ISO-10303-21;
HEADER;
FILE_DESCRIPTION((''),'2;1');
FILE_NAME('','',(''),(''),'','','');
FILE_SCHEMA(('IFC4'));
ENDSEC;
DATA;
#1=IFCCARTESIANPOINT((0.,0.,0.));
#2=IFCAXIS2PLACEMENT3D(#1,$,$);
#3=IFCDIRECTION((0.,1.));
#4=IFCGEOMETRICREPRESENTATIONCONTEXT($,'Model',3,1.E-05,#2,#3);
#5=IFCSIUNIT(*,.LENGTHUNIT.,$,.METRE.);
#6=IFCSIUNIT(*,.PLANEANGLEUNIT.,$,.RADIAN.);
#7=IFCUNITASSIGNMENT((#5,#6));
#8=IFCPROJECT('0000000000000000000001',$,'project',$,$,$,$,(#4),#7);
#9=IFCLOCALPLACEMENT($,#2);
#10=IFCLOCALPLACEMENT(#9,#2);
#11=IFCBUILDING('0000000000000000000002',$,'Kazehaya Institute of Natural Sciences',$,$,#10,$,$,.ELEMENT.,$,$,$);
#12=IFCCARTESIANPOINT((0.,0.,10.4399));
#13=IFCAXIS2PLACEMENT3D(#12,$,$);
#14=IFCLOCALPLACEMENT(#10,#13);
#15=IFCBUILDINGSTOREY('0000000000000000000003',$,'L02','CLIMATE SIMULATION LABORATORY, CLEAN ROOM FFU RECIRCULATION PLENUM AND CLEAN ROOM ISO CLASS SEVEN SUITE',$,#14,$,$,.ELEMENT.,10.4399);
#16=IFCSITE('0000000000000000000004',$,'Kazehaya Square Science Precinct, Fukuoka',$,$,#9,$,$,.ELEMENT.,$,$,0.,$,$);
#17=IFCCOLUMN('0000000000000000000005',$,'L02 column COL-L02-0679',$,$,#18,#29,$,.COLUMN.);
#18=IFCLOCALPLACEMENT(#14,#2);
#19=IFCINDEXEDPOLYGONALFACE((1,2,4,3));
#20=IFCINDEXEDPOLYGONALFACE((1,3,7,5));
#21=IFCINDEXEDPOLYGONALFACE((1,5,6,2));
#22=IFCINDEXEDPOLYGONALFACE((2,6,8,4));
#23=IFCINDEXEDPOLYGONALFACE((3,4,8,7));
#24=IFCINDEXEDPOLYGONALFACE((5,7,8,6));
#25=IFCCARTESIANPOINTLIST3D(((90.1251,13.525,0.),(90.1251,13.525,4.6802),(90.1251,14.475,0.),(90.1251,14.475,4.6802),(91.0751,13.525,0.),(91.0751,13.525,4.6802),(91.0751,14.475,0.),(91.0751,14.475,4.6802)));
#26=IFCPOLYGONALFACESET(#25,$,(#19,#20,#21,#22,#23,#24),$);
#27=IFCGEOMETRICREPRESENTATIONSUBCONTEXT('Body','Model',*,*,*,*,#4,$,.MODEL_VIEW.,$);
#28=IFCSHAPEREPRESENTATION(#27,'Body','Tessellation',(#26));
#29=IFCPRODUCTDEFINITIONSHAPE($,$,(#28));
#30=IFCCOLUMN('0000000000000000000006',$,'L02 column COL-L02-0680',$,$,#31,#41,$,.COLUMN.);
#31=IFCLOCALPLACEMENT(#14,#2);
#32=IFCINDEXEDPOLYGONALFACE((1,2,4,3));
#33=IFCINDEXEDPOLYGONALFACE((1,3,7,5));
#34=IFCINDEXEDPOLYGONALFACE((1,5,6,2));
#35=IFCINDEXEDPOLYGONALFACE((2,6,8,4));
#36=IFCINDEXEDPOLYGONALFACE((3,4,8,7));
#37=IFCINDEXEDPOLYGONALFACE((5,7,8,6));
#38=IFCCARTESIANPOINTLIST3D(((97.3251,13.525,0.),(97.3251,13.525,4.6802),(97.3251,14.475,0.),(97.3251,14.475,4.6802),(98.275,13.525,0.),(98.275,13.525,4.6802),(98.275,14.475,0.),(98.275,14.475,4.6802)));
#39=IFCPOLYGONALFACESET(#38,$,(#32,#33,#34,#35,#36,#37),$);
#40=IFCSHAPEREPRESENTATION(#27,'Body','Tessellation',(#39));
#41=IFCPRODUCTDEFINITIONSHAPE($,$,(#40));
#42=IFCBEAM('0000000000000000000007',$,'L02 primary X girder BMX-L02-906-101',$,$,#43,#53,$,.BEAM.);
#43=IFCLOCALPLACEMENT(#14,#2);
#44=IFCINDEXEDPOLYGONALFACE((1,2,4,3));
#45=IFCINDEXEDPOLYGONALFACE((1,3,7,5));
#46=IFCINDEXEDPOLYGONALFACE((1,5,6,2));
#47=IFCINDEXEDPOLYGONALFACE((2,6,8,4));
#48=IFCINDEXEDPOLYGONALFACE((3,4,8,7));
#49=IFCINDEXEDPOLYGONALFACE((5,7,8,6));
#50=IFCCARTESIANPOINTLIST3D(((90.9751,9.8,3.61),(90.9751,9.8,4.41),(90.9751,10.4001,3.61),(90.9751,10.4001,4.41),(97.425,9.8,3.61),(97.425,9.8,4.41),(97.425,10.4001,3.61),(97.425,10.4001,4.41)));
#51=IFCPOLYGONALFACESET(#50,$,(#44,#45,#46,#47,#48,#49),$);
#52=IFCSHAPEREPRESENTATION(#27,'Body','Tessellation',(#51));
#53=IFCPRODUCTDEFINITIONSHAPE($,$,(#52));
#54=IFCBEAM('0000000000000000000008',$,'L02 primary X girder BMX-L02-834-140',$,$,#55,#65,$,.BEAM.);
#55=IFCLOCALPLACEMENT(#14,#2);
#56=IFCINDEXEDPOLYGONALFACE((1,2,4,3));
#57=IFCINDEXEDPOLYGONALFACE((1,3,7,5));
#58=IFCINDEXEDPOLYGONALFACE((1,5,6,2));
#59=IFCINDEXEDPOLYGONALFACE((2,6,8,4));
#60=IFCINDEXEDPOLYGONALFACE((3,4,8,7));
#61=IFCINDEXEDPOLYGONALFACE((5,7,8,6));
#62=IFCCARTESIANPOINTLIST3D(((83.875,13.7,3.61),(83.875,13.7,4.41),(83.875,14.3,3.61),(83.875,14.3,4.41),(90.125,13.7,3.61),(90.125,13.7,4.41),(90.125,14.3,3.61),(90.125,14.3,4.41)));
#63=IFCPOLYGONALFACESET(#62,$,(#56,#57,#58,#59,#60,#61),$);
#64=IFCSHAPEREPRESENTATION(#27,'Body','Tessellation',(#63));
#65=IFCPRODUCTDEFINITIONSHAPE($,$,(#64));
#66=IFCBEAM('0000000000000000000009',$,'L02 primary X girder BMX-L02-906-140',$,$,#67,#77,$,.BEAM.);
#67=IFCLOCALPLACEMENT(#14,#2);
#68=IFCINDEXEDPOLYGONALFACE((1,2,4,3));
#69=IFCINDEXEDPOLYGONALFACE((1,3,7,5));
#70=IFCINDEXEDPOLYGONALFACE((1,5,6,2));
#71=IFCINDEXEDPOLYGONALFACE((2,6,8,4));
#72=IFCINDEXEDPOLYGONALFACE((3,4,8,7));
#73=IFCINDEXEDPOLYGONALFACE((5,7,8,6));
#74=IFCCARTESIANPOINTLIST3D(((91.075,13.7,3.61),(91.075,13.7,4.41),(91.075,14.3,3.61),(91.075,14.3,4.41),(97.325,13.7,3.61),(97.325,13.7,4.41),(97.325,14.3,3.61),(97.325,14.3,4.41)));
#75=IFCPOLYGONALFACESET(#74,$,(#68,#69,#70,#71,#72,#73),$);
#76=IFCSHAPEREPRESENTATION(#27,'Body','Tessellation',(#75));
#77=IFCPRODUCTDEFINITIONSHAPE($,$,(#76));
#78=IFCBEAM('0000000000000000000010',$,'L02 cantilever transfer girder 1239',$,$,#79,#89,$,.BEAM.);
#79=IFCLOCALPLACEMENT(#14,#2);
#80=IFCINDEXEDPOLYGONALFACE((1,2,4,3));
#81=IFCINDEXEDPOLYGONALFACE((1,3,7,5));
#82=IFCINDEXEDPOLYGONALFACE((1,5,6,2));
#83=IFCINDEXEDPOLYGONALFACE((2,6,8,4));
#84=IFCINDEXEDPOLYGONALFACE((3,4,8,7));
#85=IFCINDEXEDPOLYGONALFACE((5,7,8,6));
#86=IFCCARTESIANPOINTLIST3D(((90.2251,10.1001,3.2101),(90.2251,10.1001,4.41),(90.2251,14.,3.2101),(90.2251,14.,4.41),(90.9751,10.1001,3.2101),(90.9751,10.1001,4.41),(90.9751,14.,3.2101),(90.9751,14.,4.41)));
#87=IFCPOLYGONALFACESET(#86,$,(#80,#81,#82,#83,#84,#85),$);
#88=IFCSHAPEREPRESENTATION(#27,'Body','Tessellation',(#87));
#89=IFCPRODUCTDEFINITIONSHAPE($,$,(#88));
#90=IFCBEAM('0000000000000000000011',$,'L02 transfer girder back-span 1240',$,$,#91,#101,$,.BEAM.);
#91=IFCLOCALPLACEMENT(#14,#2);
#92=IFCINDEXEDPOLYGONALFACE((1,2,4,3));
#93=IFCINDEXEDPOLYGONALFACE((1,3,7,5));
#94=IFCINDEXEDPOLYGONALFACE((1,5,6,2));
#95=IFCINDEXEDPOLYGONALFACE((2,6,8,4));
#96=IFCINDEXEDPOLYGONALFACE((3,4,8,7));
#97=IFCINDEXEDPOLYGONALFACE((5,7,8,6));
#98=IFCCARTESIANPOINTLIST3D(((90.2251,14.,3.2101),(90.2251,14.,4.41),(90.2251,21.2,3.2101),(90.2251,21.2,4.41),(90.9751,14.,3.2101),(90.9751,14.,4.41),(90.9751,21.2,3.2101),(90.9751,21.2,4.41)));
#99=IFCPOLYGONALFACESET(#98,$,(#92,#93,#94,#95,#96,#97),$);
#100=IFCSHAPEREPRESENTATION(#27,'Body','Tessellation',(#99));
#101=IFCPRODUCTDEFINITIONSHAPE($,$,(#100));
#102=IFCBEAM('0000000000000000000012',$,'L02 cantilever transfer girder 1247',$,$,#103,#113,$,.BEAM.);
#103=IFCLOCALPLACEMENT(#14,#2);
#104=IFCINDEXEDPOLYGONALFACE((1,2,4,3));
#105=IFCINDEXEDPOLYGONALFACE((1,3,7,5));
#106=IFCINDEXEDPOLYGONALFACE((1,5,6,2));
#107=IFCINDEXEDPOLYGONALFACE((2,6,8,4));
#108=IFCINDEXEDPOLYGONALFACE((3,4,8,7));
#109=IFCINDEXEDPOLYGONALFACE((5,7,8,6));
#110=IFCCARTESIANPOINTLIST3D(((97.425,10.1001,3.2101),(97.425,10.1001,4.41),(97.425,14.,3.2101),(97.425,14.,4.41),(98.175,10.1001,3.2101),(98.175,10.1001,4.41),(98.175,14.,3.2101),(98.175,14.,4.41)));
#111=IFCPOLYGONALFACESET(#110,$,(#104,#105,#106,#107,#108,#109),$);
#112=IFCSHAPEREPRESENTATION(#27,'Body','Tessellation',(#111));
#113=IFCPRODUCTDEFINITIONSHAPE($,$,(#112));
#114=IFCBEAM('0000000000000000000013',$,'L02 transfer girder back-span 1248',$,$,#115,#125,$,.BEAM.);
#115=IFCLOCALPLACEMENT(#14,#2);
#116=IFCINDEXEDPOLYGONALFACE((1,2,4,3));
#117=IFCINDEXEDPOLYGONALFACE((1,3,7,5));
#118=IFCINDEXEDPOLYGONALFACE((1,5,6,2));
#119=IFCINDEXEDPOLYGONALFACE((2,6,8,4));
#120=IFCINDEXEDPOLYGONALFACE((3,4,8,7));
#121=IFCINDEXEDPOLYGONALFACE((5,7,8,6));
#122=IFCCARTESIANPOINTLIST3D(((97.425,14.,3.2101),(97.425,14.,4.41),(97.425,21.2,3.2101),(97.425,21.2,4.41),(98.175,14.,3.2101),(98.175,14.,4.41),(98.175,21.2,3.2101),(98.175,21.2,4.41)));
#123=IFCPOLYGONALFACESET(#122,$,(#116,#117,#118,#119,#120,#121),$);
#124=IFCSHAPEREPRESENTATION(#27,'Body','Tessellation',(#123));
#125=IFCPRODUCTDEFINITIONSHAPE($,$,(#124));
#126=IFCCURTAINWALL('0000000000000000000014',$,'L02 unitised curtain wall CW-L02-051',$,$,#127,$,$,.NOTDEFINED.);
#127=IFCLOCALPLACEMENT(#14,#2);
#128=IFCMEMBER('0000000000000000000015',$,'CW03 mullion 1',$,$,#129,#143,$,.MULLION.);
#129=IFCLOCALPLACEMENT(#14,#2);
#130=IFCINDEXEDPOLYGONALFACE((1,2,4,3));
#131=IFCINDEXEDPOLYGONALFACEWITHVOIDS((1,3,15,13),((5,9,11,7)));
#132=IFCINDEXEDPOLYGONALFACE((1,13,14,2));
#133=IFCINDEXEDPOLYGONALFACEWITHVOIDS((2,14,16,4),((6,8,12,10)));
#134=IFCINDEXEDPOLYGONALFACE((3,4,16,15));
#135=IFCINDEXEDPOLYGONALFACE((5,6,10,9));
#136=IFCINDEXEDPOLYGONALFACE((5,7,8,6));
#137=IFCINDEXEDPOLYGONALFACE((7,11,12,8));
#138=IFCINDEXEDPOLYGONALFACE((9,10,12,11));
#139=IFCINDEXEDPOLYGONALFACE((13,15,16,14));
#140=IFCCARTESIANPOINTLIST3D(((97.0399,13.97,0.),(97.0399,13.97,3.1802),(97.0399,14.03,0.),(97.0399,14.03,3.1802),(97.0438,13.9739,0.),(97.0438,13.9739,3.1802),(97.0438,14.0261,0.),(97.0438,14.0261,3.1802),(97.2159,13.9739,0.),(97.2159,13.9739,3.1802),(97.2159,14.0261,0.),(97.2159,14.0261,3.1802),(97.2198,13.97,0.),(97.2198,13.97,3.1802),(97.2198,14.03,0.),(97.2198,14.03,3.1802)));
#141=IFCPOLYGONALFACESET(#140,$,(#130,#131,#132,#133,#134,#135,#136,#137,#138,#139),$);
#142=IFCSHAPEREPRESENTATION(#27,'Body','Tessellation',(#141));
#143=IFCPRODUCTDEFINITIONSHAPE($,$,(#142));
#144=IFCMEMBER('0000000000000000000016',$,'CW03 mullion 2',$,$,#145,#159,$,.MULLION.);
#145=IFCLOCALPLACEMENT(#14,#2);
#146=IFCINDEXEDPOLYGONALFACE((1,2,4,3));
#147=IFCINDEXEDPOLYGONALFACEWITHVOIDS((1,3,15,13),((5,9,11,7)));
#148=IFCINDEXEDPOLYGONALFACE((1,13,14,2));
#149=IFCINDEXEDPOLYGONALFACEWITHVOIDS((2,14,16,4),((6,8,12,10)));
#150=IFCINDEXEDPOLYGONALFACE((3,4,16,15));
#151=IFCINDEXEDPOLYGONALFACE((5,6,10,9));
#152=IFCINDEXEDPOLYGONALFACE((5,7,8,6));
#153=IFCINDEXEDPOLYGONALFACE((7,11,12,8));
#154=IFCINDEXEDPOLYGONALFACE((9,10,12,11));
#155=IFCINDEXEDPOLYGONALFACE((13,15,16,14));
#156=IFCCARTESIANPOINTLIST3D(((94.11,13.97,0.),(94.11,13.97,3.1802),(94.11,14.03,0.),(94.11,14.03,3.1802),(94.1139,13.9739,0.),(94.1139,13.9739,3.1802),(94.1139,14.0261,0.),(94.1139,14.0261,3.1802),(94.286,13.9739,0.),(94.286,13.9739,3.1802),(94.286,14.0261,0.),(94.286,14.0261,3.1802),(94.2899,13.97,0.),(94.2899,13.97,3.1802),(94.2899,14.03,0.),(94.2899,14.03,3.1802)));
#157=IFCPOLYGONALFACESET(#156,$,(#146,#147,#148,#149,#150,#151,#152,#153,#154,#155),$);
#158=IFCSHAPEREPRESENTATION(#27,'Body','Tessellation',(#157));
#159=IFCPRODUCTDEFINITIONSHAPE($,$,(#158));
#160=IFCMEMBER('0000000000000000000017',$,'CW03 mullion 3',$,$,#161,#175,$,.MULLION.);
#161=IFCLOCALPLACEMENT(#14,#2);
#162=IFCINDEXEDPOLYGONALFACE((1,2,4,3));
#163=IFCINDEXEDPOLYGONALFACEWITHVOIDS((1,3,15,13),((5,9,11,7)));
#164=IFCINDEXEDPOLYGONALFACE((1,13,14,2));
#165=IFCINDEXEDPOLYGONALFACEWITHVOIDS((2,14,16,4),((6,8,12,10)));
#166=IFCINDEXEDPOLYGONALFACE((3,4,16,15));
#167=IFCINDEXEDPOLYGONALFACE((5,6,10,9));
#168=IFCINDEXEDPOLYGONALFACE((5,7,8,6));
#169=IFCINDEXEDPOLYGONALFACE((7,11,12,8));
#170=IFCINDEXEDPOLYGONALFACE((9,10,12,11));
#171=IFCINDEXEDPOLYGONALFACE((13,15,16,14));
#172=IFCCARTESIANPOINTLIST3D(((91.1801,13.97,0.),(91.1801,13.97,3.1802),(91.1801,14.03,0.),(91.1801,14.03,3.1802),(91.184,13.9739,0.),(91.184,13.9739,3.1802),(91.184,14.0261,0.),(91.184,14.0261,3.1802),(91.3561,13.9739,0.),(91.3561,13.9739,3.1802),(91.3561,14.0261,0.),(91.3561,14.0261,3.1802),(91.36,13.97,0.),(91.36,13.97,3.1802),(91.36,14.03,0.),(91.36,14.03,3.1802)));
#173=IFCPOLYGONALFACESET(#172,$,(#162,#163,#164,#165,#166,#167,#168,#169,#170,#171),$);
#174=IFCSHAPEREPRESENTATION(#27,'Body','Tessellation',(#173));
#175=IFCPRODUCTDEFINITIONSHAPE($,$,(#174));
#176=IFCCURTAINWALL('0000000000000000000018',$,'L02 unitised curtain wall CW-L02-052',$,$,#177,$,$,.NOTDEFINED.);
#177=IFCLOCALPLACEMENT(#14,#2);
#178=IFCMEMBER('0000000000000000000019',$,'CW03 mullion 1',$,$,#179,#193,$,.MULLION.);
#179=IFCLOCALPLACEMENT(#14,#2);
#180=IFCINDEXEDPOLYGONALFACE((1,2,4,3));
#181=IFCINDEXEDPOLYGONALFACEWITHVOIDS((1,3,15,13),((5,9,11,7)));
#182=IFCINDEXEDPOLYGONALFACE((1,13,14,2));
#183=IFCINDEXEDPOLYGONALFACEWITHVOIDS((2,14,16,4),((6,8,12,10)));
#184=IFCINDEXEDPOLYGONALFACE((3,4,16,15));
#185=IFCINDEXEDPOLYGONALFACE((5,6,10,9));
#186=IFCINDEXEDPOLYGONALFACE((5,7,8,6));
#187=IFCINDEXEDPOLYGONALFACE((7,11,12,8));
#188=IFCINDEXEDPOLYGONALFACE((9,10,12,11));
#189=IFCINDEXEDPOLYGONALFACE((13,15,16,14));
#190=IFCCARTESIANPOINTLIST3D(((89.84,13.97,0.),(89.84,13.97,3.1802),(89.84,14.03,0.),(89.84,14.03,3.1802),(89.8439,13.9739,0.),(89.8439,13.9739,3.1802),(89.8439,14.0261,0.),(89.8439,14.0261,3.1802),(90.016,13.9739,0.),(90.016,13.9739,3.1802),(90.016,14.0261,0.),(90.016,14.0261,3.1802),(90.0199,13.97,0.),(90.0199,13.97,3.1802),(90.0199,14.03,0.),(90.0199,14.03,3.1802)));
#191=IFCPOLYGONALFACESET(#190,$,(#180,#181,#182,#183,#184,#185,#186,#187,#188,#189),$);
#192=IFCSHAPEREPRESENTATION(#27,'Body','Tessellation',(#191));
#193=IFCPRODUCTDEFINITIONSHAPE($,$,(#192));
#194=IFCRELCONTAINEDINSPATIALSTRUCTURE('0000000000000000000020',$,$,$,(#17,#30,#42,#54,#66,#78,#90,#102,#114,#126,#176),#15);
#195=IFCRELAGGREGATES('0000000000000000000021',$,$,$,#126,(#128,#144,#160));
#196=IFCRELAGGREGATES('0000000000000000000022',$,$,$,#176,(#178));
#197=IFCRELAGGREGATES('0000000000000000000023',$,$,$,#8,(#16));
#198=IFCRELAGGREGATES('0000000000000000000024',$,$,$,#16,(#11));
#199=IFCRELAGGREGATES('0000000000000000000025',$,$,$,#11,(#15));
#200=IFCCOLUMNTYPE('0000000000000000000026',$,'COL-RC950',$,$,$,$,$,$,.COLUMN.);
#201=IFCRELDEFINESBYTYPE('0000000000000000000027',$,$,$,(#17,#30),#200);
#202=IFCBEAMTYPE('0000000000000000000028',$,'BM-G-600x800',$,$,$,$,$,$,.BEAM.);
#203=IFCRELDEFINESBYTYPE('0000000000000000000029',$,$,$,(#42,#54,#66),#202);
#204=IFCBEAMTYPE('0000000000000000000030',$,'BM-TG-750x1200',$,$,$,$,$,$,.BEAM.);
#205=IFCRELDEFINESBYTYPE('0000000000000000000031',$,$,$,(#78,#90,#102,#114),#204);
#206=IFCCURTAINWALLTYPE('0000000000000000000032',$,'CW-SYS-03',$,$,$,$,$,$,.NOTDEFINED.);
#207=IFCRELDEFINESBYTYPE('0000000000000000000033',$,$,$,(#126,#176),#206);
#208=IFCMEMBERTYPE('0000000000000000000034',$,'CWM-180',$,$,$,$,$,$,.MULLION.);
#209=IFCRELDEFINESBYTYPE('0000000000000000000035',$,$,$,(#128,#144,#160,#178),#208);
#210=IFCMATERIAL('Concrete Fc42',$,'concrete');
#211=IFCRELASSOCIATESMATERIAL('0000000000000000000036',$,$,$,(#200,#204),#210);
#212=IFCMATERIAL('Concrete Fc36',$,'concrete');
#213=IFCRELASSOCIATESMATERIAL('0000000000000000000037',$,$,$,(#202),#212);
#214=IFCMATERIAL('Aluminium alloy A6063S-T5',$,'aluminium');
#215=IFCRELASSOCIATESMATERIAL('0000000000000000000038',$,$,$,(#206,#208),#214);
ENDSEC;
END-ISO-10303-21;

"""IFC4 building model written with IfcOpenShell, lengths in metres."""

from ifc_helpers import new_model, si_unit, direction, frame, origin, origin_2d, place, context, subcontext, project, spatial, rectangle, hollow_rectangle, extrude, material, material_profile, profile_set, type_object, element, aggregate, save


model = new_model("IFC4")

# Units and contexts
model_context = context("Model", 3, precision=1e-05, world=origin(), true_north=direction((0.0, 1.0)))
body_context = subcontext(model_context, "Body", "Model", "MODEL_VIEW")
ifc_project = project(units=[si_unit("LENGTHUNIT", "METRE"), si_unit("PLANEANGLEUNIT", "RADIAN")], contexts=[model_context])

# Site, building, storey
site_placement = place(None, origin())
site = spatial("IfcSite", under=ifc_project, at=site_placement, Name="Kazehaya Square Science Precinct, Fukuoka", CompositionType="ELEMENT", RefElevation=0.0)
building_placement = place(site_placement, origin())
building = spatial("IfcBuilding", under=site, at=building_placement, Name="Kazehaya Institute of Natural Sciences", CompositionType="ELEMENT")
storey_placement = place(building_placement, frame((0.0, 0.0, 10.4399)))
storey = spatial("IfcBuildingStorey", under=building, at=storey_placement, Name="L02", Description="CLIMATE SIMULATION LABORATORY, CLEAN ROOM FFU RECIRCULATION PLENUM AND CLEAN ROOM ISO CLASS SEVEN SUITE", CompositionType="ELEMENT", Elevation=10.4399)

# Columns
ifc_material_1 = material(Name="Concrete Fc42", Category="concrete")
ifc_material_profile_1 = material_profile(ifc_material_1, rectangle(XDim=0.95, YDim=0.95, at=origin_2d()), Name="RC-950x950")
ifc_profile_set_1 = profile_set([ifc_material_profile_1], Name="Concrete Fc42")
column_type = type_object("IfcColumnType", Name="COL-RC950", PredefinedType="COLUMN", material=ifc_profile_set_1)
for number, where, z_axis, x_axis, name in (
    (1, (90.6001, 14.0, 0.0), (0.0, 0.0, 1.0), (1.0, 0.0, 0.0), "L02 column COL-L02-0679"),
    (2, (97.8, 14.0, 0.0), (0.0, 0.0, 1.0), (1.0, 0.0, 0.0), "L02 column COL-L02-0680"),
):
    element("IfcColumn", number, at=place(storey_placement, frame(where, z_axis=z_axis, x_axis=x_axis)), inside=storey, type_object=column_type, Name=name, PredefinedType="COLUMN", context=body_context, shape_type="SweptSolid", body=[
        extrude(rectangle(XDim=0.95, YDim=0.95, at=origin_2d()), origin(), (0.0, 0.0, 1.0), 4.6802),
    ])

# Beams
ifc_material_2 = material(Name="Concrete Fc36", Category="concrete")
ifc_material_profile_2 = material_profile(ifc_material_2, rectangle(XDim=0.6001, YDim=0.8, at=origin_2d()), Name="RC-600x800")
ifc_profile_set_2 = profile_set([ifc_material_profile_2], Name="Concrete Fc36")
beam_type_1 = type_object("IfcBeamType", Name="BM-G-600x800", PredefinedType="BEAM", material=ifc_profile_set_2)
beam_1_placement = place(storey_placement, frame((90.9751, 10.1001, 4.01), z_axis=(1.0, 0.0, 0.0), x_axis=(0.0, 1.0, 0.0)))
element("IfcBeam", 3, at=beam_1_placement, inside=storey, type_object=beam_type_1, Name="L02 primary X girder BMX-L02-906-101", PredefinedType="BEAM", context=body_context, shape_type="SweptSolid", body=[
    extrude(rectangle(XDim=0.6001, YDim=0.8, at=origin_2d()), origin(), (0.0, 0.0, 1.0), 6.45),
])
for number, where, z_axis, x_axis, name in (
    (4, (83.875, 14.0, 4.01), (1.0, 0.0, 0.0), (0.0, 1.0, 0.0), "L02 primary X girder BMX-L02-834-140"),
    (5, (91.075, 14.0, 4.01), (1.0, 0.0, 0.0), (0.0, 1.0, 0.0), "L02 primary X girder BMX-L02-906-140"),
):
    element("IfcBeam", number, at=place(storey_placement, frame(where, z_axis=z_axis, x_axis=x_axis)), inside=storey, type_object=beam_type_1, Name=name, PredefinedType="BEAM", context=body_context, shape_type="SweptSolid", body=[
        extrude(rectangle(XDim=0.6001, YDim=0.8, at=origin_2d()), origin(), (0.0, 0.0, 1.0), 6.25),
    ])
ifc_material_profile_3 = material_profile(ifc_material_1, rectangle(XDim=0.75, YDim=1.2, at=origin_2d()), Name="RC-750x1200")
ifc_profile_set_3 = profile_set([ifc_material_profile_3], Name="Concrete Fc42")
beam_type_2 = type_object("IfcBeamType", Name="BM-TG-750x1200", PredefinedType="BEAM", material=ifc_profile_set_3)
beam_2_placement = place(storey_placement, frame((90.6001, 10.1001, 3.8101), z_axis=(0.0, 1.0, 0.0), x_axis=(-1.0, 0.0, 0.0)))
element("IfcBeam", 6, at=beam_2_placement, inside=storey, type_object=beam_type_2, Name="L02 cantilever transfer girder 1239", PredefinedType="BEAM", context=body_context, shape_type="SweptSolid", body=[
    extrude(rectangle(XDim=0.75, YDim=1.2, at=origin_2d()), origin(), (0.0, 0.0, 1.0), 3.8999),
])
beam_3_placement = place(storey_placement, frame((90.6001, 14.0, 3.8101), z_axis=(0.0, 1.0, 0.0), x_axis=(-1.0, 0.0, 0.0)))
element("IfcBeam", 7, at=beam_3_placement, inside=storey, type_object=beam_type_2, Name="L02 transfer girder back-span 1240", PredefinedType="BEAM", context=body_context, shape_type="SweptSolid", body=[
    extrude(rectangle(XDim=0.75, YDim=1.2, at=origin_2d()), origin(), (0.0, 0.0, 1.0), 7.2),
])
beam_4_placement = place(storey_placement, frame((97.8, 10.1001, 3.8101), z_axis=(0.0, 1.0, 0.0), x_axis=(-1.0, 0.0, 0.0)))
element("IfcBeam", 8, at=beam_4_placement, inside=storey, type_object=beam_type_2, Name="L02 cantilever transfer girder 1247", PredefinedType="BEAM", context=body_context, shape_type="SweptSolid", body=[
    extrude(rectangle(XDim=0.75, YDim=1.2, at=origin_2d()), origin(), (0.0, 0.0, 1.0), 3.8999),
])
beam_5_placement = place(storey_placement, frame((97.8, 14.0, 3.8101), z_axis=(0.0, 1.0, 0.0), x_axis=(-1.0, 0.0, 0.0)))
element("IfcBeam", 9, at=beam_5_placement, inside=storey, type_object=beam_type_2, Name="L02 transfer girder back-span 1248", PredefinedType="BEAM", context=body_context, shape_type="SweptSolid", body=[
    extrude(rectangle(XDim=0.75, YDim=1.2, at=origin_2d()), origin(), (0.0, 0.0, 1.0), 7.2),
])

# Curtain walls, members
ifc_material_3 = material(Name="Aluminium alloy A6063S-T5", Category="aluminium")
curtain_wall_type = type_object("IfcCurtainWallType", Name="CW-SYS-03", PredefinedType="NOTDEFINED", material=ifc_material_3)
curtain_wall_1_placement = place(storey_placement, origin())
curtain_wall_1 = element("IfcCurtainWall", 10, at=curtain_wall_1_placement, inside=storey, type_object=curtain_wall_type, Name="L02 unitised curtain wall CW-L02-051", PredefinedType="NOTDEFINED")
ifc_material_profile_4 = material_profile(ifc_material_3, hollow_rectangle(XDim=0.0601, YDim=0.1799, WallThickness=0.0039, at=origin_2d()), Name="ALU-60x180x4")
ifc_profile_set_4 = profile_set([ifc_material_profile_4], Name="Aluminium alloy A6063S-T5")
member_type_1 = type_object("IfcMemberType", Name="CWM-180", PredefinedType="MULLION", material=ifc_profile_set_4)
member_1_placement = place(storey_placement, frame((97.1299, 14.0, 0.0), z_axis=(0.0, 0.0, 1.0), x_axis=(0.0, -1.0, 0.0)))
member_1 = element("IfcMember", 11, at=member_1_placement, type_object=member_type_1, Name="CW03 mullion 1", PredefinedType="MULLION", context=body_context, shape_type="SweptSolid", body=[
    extrude(hollow_rectangle(XDim=0.0601, YDim=0.1799, WallThickness=0.0039, at=origin_2d()), origin(), (0.0, 0.0, 1.0), 3.1802),
])
member_2_placement = place(storey_placement, frame((94.2, 14.0, 0.0), z_axis=(0.0, 0.0, 1.0), x_axis=(0.0, -1.0, 0.0)))
member_2 = element("IfcMember", 12, at=member_2_placement, type_object=member_type_1, Name="CW03 mullion 2", PredefinedType="MULLION", context=body_context, shape_type="SweptSolid", body=[
    extrude(hollow_rectangle(XDim=0.0601, YDim=0.1799, WallThickness=0.0039, at=origin_2d()), origin(), (0.0, 0.0, 1.0), 3.1802),
])
member_3_placement = place(storey_placement, frame((91.27, 14.0, 0.0), z_axis=(0.0, 0.0, 1.0), x_axis=(0.0, -1.0, 0.0)))
member_3 = element("IfcMember", 13, at=member_3_placement, type_object=member_type_1, Name="CW03 mullion 3", PredefinedType="MULLION", context=body_context, shape_type="SweptSolid", body=[
    extrude(hollow_rectangle(XDim=0.0601, YDim=0.1799, WallThickness=0.0039, at=origin_2d()), origin(), (0.0, 0.0, 1.0), 3.1802),
])
curtain_wall_2_placement = place(storey_placement, origin())
curtain_wall_2 = element("IfcCurtainWall", 14, at=curtain_wall_2_placement, inside=storey, type_object=curtain_wall_type, Name="L02 unitised curtain wall CW-L02-052", PredefinedType="NOTDEFINED")
member_4_placement = place(storey_placement, frame((89.9299, 14.0, 0.0), z_axis=(0.0, 0.0, 1.0), x_axis=(0.0, -1.0, 0.0)))
member_4 = element("IfcMember", 15, at=member_4_placement, type_object=member_type_1, Name="CW03 mullion 1", PredefinedType="MULLION", context=body_context, shape_type="SweptSolid", body=[
    extrude(hollow_rectangle(XDim=0.0601, YDim=0.1799, WallThickness=0.0039, at=origin_2d()), origin(), (0.0, 0.0, 1.0), 3.1802),
])

aggregate(curtain_wall_1, [member_1, member_2, member_3])
aggregate(curtain_wall_2, [member_4])

save(model, "model.ifc")
